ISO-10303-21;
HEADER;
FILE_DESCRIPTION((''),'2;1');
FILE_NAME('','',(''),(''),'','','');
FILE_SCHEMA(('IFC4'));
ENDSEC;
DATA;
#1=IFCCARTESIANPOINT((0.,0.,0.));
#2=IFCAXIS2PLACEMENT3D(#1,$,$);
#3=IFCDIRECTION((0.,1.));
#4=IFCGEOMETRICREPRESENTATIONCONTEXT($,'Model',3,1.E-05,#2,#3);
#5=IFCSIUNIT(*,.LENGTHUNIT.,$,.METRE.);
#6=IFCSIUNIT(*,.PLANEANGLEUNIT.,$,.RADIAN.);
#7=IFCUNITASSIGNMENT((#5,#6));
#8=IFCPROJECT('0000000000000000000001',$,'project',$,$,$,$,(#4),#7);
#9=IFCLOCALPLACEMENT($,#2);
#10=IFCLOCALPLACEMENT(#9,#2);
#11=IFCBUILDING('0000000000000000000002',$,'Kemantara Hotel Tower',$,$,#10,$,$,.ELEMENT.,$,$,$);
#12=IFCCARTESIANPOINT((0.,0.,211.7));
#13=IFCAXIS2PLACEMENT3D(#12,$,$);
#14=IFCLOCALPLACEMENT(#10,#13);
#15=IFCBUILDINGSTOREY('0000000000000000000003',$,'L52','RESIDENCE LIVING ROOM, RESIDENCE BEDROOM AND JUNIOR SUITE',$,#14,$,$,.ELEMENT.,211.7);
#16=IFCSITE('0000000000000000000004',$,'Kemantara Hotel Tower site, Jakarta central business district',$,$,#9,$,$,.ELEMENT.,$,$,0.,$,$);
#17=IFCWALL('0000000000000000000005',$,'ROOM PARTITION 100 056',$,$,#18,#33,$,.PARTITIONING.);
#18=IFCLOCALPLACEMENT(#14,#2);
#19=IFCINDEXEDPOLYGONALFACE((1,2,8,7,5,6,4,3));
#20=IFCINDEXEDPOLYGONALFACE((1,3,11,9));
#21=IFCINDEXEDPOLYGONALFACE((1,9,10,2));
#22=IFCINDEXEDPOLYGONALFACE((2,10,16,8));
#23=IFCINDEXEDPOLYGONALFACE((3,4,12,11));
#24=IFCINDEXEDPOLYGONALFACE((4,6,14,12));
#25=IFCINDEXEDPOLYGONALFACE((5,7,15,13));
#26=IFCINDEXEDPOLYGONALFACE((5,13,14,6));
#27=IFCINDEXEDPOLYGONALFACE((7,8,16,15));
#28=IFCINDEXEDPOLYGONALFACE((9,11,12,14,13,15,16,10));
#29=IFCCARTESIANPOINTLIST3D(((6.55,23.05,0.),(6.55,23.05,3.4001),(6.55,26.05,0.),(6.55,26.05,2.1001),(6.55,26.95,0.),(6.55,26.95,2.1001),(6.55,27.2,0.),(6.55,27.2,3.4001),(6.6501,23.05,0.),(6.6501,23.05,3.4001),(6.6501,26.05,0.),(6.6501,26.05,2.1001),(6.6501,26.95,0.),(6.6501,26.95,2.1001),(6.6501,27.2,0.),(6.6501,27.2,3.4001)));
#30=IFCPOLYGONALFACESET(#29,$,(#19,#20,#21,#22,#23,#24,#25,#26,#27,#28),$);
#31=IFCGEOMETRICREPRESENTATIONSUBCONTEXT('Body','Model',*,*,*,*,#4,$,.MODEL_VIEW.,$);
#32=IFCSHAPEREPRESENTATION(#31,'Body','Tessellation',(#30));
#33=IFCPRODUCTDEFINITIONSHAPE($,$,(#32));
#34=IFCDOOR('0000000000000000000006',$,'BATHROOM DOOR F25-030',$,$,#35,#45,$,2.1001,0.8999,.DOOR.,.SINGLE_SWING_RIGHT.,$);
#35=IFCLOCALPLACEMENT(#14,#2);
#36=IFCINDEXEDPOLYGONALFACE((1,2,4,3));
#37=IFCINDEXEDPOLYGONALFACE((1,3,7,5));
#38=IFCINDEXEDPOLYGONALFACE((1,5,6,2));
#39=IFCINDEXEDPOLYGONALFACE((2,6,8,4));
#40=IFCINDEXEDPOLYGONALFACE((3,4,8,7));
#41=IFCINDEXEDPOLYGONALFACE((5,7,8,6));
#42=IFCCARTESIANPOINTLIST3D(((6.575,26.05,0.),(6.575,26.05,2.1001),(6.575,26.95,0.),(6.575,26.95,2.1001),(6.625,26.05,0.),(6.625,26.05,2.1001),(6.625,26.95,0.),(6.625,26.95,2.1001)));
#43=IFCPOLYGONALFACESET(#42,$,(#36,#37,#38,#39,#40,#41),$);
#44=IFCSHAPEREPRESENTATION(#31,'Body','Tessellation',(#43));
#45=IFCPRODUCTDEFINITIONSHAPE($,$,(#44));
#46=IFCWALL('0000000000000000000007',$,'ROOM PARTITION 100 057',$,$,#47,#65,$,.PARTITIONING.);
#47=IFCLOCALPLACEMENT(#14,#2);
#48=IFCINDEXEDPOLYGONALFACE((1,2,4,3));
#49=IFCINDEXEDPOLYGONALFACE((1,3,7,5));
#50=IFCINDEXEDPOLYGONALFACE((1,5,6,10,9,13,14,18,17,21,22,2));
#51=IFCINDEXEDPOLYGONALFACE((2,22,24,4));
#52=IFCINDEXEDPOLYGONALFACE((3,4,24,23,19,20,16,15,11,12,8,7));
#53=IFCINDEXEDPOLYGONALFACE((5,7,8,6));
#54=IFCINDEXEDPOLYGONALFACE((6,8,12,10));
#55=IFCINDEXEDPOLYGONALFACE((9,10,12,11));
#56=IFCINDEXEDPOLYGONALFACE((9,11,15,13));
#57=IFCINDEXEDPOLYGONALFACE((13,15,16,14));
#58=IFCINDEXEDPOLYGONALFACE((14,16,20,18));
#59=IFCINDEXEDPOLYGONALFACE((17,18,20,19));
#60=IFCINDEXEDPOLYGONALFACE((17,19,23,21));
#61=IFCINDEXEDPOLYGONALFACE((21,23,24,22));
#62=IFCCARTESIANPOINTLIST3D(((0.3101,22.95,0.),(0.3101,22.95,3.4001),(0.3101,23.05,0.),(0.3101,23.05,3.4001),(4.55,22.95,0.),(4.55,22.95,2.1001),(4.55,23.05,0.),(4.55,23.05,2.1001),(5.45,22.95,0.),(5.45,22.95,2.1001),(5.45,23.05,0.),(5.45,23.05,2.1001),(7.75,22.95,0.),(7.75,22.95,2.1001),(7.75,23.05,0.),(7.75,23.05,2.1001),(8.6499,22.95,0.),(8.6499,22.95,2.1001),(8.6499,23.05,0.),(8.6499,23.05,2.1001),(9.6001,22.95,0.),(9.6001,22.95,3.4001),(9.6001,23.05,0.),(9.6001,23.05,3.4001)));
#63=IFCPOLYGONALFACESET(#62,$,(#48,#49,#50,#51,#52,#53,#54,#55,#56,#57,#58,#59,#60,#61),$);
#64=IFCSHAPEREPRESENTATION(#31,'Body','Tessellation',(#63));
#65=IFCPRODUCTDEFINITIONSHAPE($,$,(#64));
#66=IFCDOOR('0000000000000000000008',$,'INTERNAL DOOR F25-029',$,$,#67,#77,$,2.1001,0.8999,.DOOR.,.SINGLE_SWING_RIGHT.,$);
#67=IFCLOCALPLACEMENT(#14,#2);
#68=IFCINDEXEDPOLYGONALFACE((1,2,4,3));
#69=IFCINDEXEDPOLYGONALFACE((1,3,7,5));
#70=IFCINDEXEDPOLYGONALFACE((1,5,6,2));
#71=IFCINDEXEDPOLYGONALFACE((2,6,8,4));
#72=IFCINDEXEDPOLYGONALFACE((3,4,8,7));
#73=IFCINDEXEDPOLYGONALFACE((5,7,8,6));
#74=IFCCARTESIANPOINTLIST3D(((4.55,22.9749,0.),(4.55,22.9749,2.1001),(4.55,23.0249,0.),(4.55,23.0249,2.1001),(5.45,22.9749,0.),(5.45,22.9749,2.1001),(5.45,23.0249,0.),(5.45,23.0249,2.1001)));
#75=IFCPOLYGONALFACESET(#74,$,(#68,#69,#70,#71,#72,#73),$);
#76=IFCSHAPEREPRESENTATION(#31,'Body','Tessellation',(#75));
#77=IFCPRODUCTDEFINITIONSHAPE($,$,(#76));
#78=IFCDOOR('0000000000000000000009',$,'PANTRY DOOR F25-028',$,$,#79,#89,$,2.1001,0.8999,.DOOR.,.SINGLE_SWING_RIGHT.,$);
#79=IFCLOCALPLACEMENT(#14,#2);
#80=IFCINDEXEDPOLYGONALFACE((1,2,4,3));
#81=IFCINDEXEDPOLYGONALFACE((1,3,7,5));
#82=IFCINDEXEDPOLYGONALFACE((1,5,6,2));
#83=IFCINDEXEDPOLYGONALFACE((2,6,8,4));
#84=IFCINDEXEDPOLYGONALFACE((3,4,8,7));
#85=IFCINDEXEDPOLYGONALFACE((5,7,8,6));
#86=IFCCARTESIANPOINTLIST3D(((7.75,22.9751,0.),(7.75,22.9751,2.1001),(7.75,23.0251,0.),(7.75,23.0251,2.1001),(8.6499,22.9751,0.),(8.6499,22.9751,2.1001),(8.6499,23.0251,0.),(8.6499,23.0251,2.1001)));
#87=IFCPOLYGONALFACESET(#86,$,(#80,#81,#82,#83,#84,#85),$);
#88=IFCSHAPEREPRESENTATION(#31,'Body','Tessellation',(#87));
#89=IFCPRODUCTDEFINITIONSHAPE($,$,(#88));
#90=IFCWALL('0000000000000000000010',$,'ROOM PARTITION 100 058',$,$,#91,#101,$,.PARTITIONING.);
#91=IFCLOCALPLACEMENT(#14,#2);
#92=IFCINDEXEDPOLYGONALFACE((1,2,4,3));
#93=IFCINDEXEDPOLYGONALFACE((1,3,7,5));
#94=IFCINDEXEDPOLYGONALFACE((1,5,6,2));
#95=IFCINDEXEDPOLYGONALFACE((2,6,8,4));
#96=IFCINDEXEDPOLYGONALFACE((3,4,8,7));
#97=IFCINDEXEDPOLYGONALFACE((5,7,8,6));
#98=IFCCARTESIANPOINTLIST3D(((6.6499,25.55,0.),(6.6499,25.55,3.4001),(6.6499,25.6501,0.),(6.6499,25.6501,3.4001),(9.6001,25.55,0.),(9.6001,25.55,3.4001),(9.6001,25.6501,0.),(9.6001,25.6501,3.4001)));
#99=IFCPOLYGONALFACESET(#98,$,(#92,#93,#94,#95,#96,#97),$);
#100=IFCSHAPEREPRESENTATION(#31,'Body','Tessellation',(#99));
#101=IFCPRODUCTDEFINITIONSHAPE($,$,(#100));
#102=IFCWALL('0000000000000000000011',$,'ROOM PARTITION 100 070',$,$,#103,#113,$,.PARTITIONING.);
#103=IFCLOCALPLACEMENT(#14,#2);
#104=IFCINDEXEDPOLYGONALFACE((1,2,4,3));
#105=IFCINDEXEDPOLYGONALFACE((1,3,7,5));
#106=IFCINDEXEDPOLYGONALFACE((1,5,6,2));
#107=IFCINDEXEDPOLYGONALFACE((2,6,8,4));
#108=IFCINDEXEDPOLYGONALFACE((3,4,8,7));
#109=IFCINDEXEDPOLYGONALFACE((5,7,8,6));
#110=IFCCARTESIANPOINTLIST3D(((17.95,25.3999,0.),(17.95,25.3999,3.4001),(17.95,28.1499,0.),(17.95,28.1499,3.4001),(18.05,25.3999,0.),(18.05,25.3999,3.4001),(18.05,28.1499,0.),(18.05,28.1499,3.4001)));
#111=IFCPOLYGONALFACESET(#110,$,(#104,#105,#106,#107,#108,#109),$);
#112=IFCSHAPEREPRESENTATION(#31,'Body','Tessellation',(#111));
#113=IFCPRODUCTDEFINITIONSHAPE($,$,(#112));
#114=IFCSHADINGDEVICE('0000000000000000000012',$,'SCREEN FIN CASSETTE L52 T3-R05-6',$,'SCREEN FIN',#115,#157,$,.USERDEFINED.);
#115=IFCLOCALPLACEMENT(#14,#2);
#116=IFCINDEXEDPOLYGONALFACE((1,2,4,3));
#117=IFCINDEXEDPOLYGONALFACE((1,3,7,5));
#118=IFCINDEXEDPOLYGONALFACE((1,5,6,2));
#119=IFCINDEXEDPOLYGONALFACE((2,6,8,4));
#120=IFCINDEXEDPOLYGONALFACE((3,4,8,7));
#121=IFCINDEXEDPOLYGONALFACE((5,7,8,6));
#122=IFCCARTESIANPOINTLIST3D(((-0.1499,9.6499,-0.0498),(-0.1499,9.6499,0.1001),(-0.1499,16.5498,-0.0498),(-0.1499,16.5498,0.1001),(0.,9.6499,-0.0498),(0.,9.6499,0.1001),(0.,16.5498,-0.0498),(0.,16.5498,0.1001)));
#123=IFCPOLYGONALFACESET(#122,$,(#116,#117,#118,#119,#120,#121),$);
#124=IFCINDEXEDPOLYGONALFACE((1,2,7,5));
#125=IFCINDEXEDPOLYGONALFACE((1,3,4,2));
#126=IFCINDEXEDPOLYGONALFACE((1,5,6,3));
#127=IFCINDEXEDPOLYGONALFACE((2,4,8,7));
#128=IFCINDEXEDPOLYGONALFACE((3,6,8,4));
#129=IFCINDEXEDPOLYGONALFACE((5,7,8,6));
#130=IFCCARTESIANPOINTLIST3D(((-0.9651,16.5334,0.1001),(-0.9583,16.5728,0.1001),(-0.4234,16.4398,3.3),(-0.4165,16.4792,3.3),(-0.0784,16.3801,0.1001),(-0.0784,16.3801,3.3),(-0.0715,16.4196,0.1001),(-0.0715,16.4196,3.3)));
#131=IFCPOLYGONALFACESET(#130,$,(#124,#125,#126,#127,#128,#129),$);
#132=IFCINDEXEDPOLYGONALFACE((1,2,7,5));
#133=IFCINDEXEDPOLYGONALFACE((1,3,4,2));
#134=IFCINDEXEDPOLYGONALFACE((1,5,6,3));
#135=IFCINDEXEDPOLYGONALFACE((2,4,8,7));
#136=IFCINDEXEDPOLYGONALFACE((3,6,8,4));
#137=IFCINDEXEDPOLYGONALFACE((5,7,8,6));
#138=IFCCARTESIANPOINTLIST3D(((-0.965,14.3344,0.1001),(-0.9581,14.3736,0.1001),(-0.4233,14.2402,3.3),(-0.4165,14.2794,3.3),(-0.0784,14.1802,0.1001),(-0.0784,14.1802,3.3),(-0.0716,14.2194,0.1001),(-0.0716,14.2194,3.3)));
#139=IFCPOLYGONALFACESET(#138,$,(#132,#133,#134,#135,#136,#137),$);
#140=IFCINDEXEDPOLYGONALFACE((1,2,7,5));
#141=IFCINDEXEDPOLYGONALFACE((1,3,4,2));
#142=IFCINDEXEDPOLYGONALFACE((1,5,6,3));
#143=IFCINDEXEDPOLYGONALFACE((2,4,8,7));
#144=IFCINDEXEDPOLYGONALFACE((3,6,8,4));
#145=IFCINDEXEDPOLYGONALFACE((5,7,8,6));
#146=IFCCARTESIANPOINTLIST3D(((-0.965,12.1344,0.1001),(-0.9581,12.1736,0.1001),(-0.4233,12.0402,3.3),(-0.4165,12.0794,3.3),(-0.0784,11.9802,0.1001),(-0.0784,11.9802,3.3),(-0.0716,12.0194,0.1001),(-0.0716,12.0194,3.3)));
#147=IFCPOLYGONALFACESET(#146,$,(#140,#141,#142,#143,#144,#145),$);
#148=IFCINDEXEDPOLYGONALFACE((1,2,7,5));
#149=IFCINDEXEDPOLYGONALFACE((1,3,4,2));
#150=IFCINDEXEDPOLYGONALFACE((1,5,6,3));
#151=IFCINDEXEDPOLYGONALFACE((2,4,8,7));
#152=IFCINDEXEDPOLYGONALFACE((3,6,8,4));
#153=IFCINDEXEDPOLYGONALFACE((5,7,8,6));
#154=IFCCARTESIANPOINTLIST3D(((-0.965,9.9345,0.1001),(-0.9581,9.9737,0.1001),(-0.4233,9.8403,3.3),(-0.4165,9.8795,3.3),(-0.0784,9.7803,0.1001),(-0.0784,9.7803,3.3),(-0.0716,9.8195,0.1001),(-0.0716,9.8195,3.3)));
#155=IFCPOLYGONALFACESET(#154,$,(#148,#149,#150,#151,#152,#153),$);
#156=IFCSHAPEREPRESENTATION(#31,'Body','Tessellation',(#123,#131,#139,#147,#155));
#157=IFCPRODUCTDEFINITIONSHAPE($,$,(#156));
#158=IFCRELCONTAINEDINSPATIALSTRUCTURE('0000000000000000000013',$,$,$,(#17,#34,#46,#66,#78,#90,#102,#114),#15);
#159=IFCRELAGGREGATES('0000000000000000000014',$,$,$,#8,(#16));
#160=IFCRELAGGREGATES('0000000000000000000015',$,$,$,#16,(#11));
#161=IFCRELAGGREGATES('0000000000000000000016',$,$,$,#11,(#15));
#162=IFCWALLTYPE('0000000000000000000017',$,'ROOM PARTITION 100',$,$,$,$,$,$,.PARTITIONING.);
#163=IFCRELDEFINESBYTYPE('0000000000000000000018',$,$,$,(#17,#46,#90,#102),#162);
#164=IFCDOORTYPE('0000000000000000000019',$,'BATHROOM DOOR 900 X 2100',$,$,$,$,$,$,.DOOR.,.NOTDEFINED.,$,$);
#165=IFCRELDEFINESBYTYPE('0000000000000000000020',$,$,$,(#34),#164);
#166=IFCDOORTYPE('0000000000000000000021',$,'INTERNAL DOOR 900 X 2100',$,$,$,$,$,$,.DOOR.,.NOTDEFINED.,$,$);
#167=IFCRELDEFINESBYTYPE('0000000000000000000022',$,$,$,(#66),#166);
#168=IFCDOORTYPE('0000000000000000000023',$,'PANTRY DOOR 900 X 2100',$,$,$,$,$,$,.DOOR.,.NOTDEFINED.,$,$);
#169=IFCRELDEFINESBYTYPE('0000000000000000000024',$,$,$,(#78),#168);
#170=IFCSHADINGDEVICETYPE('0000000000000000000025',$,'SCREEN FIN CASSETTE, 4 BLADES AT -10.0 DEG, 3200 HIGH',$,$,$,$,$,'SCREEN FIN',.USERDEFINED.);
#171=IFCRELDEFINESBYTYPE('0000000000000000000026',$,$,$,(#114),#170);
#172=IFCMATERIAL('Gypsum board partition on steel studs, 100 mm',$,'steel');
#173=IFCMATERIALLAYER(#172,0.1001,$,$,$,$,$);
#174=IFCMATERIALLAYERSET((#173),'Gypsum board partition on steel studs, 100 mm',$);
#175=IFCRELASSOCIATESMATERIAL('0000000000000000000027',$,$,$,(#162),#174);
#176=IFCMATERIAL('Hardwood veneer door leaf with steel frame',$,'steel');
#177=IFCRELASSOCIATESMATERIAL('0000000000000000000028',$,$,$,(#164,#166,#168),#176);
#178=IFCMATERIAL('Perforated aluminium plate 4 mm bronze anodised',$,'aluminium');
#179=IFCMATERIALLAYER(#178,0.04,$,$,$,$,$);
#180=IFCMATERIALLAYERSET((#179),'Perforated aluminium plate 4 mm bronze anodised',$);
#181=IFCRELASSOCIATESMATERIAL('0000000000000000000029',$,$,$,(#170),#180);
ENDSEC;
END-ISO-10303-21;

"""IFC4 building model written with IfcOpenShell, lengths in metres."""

from ifc_helpers import new_model, si_unit, direction, frame, frame_2d, origin, origin_2d, place, context, subcontext, project, spatial, polyline, rectangle, outline, extrude, source, transform, mapped, material, layer, layer_set, type_object, element, fill, save


model = new_model("IFC4")

# Units and contexts
model_context = context("Model", 3, precision=1e-05, world=origin(), true_north=direction((0.0, 1.0)))
body_context = subcontext(model_context, "Body", "Model", "MODEL_VIEW")
ifc_project = project(units=[si_unit("LENGTHUNIT", "METRE"), si_unit("PLANEANGLEUNIT", "RADIAN")], contexts=[model_context])

# Site, building, storey
site_placement = place(None, origin())
site = spatial("IfcSite", under=ifc_project, at=site_placement, Name="Kemantara Hotel Tower site, Jakarta central business district", CompositionType="ELEMENT", RefElevation=0.0)
building_placement = place(site_placement, origin())
building = spatial("IfcBuilding", under=site, at=building_placement, Name="Kemantara Hotel Tower", CompositionType="ELEMENT")
storey_placement = place(building_placement, frame((0.0, 0.0, 211.7)))
storey = spatial("IfcBuildingStorey", under=building, at=storey_placement, Name="L52", Description="RESIDENCE LIVING ROOM, RESIDENCE BEDROOM AND JUNIOR SUITE", CompositionType="ELEMENT", Elevation=211.7)

# Wall, opening, door
ifc_material_1 = material(Name="Gypsum board partition on steel studs, 100 mm", Category="steel")
ifc_layer_1 = layer(ifc_material_1, 0.1001)
ifc_layer_set_1 = layer_set([ifc_layer_1], Name="Gypsum board partition on steel studs, 100 mm")
wall_type_1 = type_object("IfcWallType", Name="ROOM PARTITION 100", PredefinedType="PARTITIONING", material=ifc_layer_set_1)
wall_1_placement = place(storey_placement, frame((6.6001, 27.2, 0.0), z_axis=(0.0, 0.0, 1.0), x_axis=(0.0, -1.0, 0.0)))
wall_1 = element("IfcWall", 1, at=wall_1_placement, inside=storey, type_object=wall_type_1, Name="ROOM PARTITION 100 056", PredefinedType="PARTITIONING", context=body_context, shape_type="SweptSolid", body=[
    extrude(rectangle(XDim=4.1499, YDim=0.1001, at=frame_2d((2.075, 0.0))), origin(), (0.0, 0.0, 1.0), 3.4001),
])
opening_1_placement = place(wall_1_placement, frame((0.25, 0.0, 0.0)))
opening_1 = element("IfcOpeningElement", 2, at=opening_1_placement, cuts=wall_1, PredefinedType="OPENING", context=body_context, shape_type="SweptSolid", body=[
    extrude(rectangle(XDim=0.8999, YDim=2.1001, at=frame_2d((0.45, 1.05))), frame((0.0, 0.0601, 0.0), z_axis=(0.0, -1.0, 0.0), x_axis=(1.0, 0.0, 0.0)), (0.0, 0.0, 1.0), 0.1201),
])
ifc_material_2 = material(Name="Hardwood veneer door leaf with steel frame", Category="steel")
door_type_1 = type_object("IfcDoorType", Name="BATHROOM DOOR 900 X 2100", OperationType="NOTDEFINED", PredefinedType="DOOR", material=ifc_material_2)
door_1_placement = place(opening_1_placement, origin())
door_1 = element("IfcDoor", 3, at=door_1_placement, inside=storey, type_object=door_type_1, Name="BATHROOM DOOR F25-030", OperationType="SINGLE_SWING_RIGHT", OverallHeight=2.1001, OverallWidth=0.8999, PredefinedType="DOOR", context=body_context, shape_type="SweptSolid", body=[
    extrude(rectangle(XDim=0.8999, YDim=2.1001, at=frame_2d((0.45, 1.05))), frame((0.0, 0.0249, 0.0), z_axis=(0.0, -1.0, 0.0), x_axis=(1.0, 0.0, 0.0)), (0.0, 0.0, 1.0), 0.05),
])
fill(opening_1, door_1)

# Wall, openings, doors
wall_2_placement = place(storey_placement, frame((0.3101, 23.0, 0.0), z_axis=(0.0, 0.0, 1.0), x_axis=(1.0, 0.0, 0.0)))
wall_2 = element("IfcWall", 4, at=wall_2_placement, inside=storey, type_object=wall_type_1, Name="ROOM PARTITION 100 057", PredefinedType="PARTITIONING", context=body_context, shape_type="SweptSolid", body=[
    extrude(rectangle(XDim=9.29, YDim=0.1001, at=frame_2d((4.645, 0.0))), origin(), (0.0, 0.0, 1.0), 3.4001),
])
opening_2_placement = place(wall_2_placement, frame((7.4399, 0.0, 0.0)))
opening_2 = element("IfcOpeningElement", 5, at=opening_2_placement, cuts=wall_2, PredefinedType="OPENING", context=body_context, shape_type="SweptSolid", body=[
    extrude(rectangle(XDim=0.8999, YDim=2.1001, at=frame_2d((0.45, 1.05))), frame((0.0, 0.0601, 0.0), z_axis=(0.0, -1.0, 0.0), x_axis=(1.0, 0.0, 0.0)), (0.0, 0.0, 1.0), 0.1201),
])
opening_3_placement = place(wall_2_placement, frame((4.24, 0.0, 0.0)))
opening_3 = element("IfcOpeningElement", 6, at=opening_3_placement, cuts=wall_2, PredefinedType="OPENING", context=body_context, shape_type="SweptSolid", body=[
    extrude(rectangle(XDim=0.8999, YDim=2.1001, at=frame_2d((0.45, 1.05))), frame((0.0, 0.0601, 0.0), z_axis=(0.0, -1.0, 0.0), x_axis=(1.0, 0.0, 0.0)), (0.0, 0.0, 1.0), 0.1201),
])
door_type_2 = type_object("IfcDoorType", Name="INTERNAL DOOR 900 X 2100", OperationType="NOTDEFINED", PredefinedType="DOOR", material=ifc_material_2)
door_2_placement = place(opening_3_placement, origin())
door_2 = element("IfcDoor", 7, at=door_2_placement, inside=storey, type_object=door_type_2, Name="INTERNAL DOOR F25-029", OperationType="SINGLE_SWING_RIGHT", OverallHeight=2.1001, OverallWidth=0.8999, PredefinedType="DOOR", context=body_context, shape_type="SweptSolid", body=[
    extrude(rectangle(XDim=0.8999, YDim=2.1001, at=frame_2d((0.45, 1.05))), frame((0.0, 0.0249, 0.0), z_axis=(0.0, -1.0, 0.0), x_axis=(1.0, 0.0, 0.0)), (0.0, 0.0, 1.0), 0.05),
])
fill(opening_3, door_2)
door_type_3 = type_object("IfcDoorType", Name="PANTRY DOOR 900 X 2100", OperationType="NOTDEFINED", PredefinedType="DOOR", material=ifc_material_2)
door_3_placement = place(opening_2_placement, frame((0.8999, 0.0, 0.0), z_axis=(0.0, 0.0, 1.0), x_axis=(-1.0, 0.0, 0.0)))
door_3 = element("IfcDoor", 8, at=door_3_placement, inside=storey, type_object=door_type_3, Name="PANTRY DOOR F25-028", OperationType="SINGLE_SWING_RIGHT", OverallHeight=2.1001, OverallWidth=0.8999, PredefinedType="DOOR", context=body_context, shape_type="SweptSolid", body=[
    extrude(rectangle(XDim=0.8999, YDim=2.1001, at=frame_2d((0.45, 1.05))), frame((0.0, 0.0249, 0.0), z_axis=(0.0, -1.0, 0.0), x_axis=(1.0, 0.0, 0.0)), (0.0, 0.0, 1.0), 0.05),
])
fill(opening_2, door_3)

# Walls
wall_3_placement = place(storey_placement, frame((6.6499, 25.6001, 0.0), z_axis=(0.0, 0.0, 1.0), x_axis=(1.0, 0.0, 0.0)))
element("IfcWall", 9, at=wall_3_placement, inside=storey, type_object=wall_type_1, Name="ROOM PARTITION 100 058", PredefinedType="PARTITIONING", context=body_context, shape_type="SweptSolid", body=[
    extrude(rectangle(XDim=2.9502, YDim=0.1001, at=frame_2d((1.4751, 0.0))), origin(), (0.0, 0.0, 1.0), 3.4001),
])
wall_4_placement = place(storey_placement, frame((18.0, 25.3999, 0.0), z_axis=(0.0, 0.0, 1.0), x_axis=(0.0, 1.0, 0.0)))
element("IfcWall", 10, at=wall_4_placement, inside=storey, type_object=wall_type_1, Name="ROOM PARTITION 100 070", PredefinedType="PARTITIONING", context=body_context, shape_type="SweptSolid", body=[
    extrude(rectangle(XDim=2.75, YDim=0.1001, at=frame_2d((1.375, 0.0))), origin(), (0.0, 0.0, 1.0), 3.4001),
])

# Shading device
ifc_material_3 = material(Name="Perforated aluminium plate 4 mm bronze anodised", Category="aluminium")
ifc_layer_2 = layer(ifc_material_3, 0.04)
ifc_layer_set_2 = layer_set([ifc_layer_2], Name="Perforated aluminium plate 4 mm bronze anodised")
shading_device_type_1 = type_object("IfcShadingDeviceType", Name="SCREEN FIN CASSETTE, 4 BLADES AT -10.0 DEG, 3200 HIGH", ElementType="SCREEN FIN", PredefinedType="USERDEFINED", material=ifc_layer_set_2)
shared_shape_1 = source(origin(), body_context, "Body", "SweptSolid", [
    extrude(rectangle(XDim=6.8999, YDim=0.1499, at=origin_2d()), frame((3.3, -0.075, -0.1499), z_axis=(0.0, 0.0, 1.0), x_axis=(1.0, 0.0, 0.0)), (0.0, 0.0, 1.0), 0.1499),
    extrude(outline(polyline([(0.0, 0.0), (0.8999, 0.0), (0.3501, 3.2), (0.0, 3.2), (0.0, 0.0)])), frame((0.0198, -0.0784, 0.0), z_axis=(-0.98539, 0.170314, 0.0), x_axis=(-0.170314, -0.98539, 0.0)), (0.0, 0.0, 1.0), 0.04),
    extrude(outline(polyline([(0.0, 0.0), (0.8999, 0.0), (0.3501, 3.2), (0.0, 3.2), (0.0, 0.0)])), frame((2.2197, -0.0784, 0.0), z_axis=(-0.985212, 0.171341, 0.0), x_axis=(-0.171341, -0.985212, 0.0)), (0.0, 0.0, 1.0), 0.0398),
    extrude(outline(polyline([(0.0, 0.0), (0.8999, 0.0), (0.3501, 3.2), (0.0, 3.2), (0.0, 0.0)])), frame((4.4197, -0.0784, 0.0), z_axis=(-0.985212, 0.171341, 0.0), x_axis=(-0.171341, -0.985212, 0.0)), (0.0, 0.0, 1.0), 0.0398),
    extrude(outline(polyline([(0.0, 0.0), (0.8999, 0.0), (0.3501, 3.2), (0.0, 3.2), (0.0, 0.0)])), frame((6.6196, -0.0784, 0.0), z_axis=(-0.985212, 0.171341, 0.0), x_axis=(-0.171341, -0.985212, 0.0)), (0.0, 0.0, 1.0), 0.0398),
])
shading_device_1_placement = place(storey_placement, frame((0.0, 16.3999, 0.1001), z_axis=(0.0, 0.0, 1.0), x_axis=(0.0, -1.0, 0.0)))
element("IfcShadingDevice", 11, at=shading_device_1_placement, inside=storey, type_object=shading_device_type_1, Name="SCREEN FIN CASSETTE L52 T3-R05-6", ObjectType="SCREEN FIN", PredefinedType="USERDEFINED", context=body_context, shape_type="MappedRepresentation", body=[
    mapped(shared_shape_1, transform((0.0, 0.0, 0.0))),
])

save(model, "model.ifc")
